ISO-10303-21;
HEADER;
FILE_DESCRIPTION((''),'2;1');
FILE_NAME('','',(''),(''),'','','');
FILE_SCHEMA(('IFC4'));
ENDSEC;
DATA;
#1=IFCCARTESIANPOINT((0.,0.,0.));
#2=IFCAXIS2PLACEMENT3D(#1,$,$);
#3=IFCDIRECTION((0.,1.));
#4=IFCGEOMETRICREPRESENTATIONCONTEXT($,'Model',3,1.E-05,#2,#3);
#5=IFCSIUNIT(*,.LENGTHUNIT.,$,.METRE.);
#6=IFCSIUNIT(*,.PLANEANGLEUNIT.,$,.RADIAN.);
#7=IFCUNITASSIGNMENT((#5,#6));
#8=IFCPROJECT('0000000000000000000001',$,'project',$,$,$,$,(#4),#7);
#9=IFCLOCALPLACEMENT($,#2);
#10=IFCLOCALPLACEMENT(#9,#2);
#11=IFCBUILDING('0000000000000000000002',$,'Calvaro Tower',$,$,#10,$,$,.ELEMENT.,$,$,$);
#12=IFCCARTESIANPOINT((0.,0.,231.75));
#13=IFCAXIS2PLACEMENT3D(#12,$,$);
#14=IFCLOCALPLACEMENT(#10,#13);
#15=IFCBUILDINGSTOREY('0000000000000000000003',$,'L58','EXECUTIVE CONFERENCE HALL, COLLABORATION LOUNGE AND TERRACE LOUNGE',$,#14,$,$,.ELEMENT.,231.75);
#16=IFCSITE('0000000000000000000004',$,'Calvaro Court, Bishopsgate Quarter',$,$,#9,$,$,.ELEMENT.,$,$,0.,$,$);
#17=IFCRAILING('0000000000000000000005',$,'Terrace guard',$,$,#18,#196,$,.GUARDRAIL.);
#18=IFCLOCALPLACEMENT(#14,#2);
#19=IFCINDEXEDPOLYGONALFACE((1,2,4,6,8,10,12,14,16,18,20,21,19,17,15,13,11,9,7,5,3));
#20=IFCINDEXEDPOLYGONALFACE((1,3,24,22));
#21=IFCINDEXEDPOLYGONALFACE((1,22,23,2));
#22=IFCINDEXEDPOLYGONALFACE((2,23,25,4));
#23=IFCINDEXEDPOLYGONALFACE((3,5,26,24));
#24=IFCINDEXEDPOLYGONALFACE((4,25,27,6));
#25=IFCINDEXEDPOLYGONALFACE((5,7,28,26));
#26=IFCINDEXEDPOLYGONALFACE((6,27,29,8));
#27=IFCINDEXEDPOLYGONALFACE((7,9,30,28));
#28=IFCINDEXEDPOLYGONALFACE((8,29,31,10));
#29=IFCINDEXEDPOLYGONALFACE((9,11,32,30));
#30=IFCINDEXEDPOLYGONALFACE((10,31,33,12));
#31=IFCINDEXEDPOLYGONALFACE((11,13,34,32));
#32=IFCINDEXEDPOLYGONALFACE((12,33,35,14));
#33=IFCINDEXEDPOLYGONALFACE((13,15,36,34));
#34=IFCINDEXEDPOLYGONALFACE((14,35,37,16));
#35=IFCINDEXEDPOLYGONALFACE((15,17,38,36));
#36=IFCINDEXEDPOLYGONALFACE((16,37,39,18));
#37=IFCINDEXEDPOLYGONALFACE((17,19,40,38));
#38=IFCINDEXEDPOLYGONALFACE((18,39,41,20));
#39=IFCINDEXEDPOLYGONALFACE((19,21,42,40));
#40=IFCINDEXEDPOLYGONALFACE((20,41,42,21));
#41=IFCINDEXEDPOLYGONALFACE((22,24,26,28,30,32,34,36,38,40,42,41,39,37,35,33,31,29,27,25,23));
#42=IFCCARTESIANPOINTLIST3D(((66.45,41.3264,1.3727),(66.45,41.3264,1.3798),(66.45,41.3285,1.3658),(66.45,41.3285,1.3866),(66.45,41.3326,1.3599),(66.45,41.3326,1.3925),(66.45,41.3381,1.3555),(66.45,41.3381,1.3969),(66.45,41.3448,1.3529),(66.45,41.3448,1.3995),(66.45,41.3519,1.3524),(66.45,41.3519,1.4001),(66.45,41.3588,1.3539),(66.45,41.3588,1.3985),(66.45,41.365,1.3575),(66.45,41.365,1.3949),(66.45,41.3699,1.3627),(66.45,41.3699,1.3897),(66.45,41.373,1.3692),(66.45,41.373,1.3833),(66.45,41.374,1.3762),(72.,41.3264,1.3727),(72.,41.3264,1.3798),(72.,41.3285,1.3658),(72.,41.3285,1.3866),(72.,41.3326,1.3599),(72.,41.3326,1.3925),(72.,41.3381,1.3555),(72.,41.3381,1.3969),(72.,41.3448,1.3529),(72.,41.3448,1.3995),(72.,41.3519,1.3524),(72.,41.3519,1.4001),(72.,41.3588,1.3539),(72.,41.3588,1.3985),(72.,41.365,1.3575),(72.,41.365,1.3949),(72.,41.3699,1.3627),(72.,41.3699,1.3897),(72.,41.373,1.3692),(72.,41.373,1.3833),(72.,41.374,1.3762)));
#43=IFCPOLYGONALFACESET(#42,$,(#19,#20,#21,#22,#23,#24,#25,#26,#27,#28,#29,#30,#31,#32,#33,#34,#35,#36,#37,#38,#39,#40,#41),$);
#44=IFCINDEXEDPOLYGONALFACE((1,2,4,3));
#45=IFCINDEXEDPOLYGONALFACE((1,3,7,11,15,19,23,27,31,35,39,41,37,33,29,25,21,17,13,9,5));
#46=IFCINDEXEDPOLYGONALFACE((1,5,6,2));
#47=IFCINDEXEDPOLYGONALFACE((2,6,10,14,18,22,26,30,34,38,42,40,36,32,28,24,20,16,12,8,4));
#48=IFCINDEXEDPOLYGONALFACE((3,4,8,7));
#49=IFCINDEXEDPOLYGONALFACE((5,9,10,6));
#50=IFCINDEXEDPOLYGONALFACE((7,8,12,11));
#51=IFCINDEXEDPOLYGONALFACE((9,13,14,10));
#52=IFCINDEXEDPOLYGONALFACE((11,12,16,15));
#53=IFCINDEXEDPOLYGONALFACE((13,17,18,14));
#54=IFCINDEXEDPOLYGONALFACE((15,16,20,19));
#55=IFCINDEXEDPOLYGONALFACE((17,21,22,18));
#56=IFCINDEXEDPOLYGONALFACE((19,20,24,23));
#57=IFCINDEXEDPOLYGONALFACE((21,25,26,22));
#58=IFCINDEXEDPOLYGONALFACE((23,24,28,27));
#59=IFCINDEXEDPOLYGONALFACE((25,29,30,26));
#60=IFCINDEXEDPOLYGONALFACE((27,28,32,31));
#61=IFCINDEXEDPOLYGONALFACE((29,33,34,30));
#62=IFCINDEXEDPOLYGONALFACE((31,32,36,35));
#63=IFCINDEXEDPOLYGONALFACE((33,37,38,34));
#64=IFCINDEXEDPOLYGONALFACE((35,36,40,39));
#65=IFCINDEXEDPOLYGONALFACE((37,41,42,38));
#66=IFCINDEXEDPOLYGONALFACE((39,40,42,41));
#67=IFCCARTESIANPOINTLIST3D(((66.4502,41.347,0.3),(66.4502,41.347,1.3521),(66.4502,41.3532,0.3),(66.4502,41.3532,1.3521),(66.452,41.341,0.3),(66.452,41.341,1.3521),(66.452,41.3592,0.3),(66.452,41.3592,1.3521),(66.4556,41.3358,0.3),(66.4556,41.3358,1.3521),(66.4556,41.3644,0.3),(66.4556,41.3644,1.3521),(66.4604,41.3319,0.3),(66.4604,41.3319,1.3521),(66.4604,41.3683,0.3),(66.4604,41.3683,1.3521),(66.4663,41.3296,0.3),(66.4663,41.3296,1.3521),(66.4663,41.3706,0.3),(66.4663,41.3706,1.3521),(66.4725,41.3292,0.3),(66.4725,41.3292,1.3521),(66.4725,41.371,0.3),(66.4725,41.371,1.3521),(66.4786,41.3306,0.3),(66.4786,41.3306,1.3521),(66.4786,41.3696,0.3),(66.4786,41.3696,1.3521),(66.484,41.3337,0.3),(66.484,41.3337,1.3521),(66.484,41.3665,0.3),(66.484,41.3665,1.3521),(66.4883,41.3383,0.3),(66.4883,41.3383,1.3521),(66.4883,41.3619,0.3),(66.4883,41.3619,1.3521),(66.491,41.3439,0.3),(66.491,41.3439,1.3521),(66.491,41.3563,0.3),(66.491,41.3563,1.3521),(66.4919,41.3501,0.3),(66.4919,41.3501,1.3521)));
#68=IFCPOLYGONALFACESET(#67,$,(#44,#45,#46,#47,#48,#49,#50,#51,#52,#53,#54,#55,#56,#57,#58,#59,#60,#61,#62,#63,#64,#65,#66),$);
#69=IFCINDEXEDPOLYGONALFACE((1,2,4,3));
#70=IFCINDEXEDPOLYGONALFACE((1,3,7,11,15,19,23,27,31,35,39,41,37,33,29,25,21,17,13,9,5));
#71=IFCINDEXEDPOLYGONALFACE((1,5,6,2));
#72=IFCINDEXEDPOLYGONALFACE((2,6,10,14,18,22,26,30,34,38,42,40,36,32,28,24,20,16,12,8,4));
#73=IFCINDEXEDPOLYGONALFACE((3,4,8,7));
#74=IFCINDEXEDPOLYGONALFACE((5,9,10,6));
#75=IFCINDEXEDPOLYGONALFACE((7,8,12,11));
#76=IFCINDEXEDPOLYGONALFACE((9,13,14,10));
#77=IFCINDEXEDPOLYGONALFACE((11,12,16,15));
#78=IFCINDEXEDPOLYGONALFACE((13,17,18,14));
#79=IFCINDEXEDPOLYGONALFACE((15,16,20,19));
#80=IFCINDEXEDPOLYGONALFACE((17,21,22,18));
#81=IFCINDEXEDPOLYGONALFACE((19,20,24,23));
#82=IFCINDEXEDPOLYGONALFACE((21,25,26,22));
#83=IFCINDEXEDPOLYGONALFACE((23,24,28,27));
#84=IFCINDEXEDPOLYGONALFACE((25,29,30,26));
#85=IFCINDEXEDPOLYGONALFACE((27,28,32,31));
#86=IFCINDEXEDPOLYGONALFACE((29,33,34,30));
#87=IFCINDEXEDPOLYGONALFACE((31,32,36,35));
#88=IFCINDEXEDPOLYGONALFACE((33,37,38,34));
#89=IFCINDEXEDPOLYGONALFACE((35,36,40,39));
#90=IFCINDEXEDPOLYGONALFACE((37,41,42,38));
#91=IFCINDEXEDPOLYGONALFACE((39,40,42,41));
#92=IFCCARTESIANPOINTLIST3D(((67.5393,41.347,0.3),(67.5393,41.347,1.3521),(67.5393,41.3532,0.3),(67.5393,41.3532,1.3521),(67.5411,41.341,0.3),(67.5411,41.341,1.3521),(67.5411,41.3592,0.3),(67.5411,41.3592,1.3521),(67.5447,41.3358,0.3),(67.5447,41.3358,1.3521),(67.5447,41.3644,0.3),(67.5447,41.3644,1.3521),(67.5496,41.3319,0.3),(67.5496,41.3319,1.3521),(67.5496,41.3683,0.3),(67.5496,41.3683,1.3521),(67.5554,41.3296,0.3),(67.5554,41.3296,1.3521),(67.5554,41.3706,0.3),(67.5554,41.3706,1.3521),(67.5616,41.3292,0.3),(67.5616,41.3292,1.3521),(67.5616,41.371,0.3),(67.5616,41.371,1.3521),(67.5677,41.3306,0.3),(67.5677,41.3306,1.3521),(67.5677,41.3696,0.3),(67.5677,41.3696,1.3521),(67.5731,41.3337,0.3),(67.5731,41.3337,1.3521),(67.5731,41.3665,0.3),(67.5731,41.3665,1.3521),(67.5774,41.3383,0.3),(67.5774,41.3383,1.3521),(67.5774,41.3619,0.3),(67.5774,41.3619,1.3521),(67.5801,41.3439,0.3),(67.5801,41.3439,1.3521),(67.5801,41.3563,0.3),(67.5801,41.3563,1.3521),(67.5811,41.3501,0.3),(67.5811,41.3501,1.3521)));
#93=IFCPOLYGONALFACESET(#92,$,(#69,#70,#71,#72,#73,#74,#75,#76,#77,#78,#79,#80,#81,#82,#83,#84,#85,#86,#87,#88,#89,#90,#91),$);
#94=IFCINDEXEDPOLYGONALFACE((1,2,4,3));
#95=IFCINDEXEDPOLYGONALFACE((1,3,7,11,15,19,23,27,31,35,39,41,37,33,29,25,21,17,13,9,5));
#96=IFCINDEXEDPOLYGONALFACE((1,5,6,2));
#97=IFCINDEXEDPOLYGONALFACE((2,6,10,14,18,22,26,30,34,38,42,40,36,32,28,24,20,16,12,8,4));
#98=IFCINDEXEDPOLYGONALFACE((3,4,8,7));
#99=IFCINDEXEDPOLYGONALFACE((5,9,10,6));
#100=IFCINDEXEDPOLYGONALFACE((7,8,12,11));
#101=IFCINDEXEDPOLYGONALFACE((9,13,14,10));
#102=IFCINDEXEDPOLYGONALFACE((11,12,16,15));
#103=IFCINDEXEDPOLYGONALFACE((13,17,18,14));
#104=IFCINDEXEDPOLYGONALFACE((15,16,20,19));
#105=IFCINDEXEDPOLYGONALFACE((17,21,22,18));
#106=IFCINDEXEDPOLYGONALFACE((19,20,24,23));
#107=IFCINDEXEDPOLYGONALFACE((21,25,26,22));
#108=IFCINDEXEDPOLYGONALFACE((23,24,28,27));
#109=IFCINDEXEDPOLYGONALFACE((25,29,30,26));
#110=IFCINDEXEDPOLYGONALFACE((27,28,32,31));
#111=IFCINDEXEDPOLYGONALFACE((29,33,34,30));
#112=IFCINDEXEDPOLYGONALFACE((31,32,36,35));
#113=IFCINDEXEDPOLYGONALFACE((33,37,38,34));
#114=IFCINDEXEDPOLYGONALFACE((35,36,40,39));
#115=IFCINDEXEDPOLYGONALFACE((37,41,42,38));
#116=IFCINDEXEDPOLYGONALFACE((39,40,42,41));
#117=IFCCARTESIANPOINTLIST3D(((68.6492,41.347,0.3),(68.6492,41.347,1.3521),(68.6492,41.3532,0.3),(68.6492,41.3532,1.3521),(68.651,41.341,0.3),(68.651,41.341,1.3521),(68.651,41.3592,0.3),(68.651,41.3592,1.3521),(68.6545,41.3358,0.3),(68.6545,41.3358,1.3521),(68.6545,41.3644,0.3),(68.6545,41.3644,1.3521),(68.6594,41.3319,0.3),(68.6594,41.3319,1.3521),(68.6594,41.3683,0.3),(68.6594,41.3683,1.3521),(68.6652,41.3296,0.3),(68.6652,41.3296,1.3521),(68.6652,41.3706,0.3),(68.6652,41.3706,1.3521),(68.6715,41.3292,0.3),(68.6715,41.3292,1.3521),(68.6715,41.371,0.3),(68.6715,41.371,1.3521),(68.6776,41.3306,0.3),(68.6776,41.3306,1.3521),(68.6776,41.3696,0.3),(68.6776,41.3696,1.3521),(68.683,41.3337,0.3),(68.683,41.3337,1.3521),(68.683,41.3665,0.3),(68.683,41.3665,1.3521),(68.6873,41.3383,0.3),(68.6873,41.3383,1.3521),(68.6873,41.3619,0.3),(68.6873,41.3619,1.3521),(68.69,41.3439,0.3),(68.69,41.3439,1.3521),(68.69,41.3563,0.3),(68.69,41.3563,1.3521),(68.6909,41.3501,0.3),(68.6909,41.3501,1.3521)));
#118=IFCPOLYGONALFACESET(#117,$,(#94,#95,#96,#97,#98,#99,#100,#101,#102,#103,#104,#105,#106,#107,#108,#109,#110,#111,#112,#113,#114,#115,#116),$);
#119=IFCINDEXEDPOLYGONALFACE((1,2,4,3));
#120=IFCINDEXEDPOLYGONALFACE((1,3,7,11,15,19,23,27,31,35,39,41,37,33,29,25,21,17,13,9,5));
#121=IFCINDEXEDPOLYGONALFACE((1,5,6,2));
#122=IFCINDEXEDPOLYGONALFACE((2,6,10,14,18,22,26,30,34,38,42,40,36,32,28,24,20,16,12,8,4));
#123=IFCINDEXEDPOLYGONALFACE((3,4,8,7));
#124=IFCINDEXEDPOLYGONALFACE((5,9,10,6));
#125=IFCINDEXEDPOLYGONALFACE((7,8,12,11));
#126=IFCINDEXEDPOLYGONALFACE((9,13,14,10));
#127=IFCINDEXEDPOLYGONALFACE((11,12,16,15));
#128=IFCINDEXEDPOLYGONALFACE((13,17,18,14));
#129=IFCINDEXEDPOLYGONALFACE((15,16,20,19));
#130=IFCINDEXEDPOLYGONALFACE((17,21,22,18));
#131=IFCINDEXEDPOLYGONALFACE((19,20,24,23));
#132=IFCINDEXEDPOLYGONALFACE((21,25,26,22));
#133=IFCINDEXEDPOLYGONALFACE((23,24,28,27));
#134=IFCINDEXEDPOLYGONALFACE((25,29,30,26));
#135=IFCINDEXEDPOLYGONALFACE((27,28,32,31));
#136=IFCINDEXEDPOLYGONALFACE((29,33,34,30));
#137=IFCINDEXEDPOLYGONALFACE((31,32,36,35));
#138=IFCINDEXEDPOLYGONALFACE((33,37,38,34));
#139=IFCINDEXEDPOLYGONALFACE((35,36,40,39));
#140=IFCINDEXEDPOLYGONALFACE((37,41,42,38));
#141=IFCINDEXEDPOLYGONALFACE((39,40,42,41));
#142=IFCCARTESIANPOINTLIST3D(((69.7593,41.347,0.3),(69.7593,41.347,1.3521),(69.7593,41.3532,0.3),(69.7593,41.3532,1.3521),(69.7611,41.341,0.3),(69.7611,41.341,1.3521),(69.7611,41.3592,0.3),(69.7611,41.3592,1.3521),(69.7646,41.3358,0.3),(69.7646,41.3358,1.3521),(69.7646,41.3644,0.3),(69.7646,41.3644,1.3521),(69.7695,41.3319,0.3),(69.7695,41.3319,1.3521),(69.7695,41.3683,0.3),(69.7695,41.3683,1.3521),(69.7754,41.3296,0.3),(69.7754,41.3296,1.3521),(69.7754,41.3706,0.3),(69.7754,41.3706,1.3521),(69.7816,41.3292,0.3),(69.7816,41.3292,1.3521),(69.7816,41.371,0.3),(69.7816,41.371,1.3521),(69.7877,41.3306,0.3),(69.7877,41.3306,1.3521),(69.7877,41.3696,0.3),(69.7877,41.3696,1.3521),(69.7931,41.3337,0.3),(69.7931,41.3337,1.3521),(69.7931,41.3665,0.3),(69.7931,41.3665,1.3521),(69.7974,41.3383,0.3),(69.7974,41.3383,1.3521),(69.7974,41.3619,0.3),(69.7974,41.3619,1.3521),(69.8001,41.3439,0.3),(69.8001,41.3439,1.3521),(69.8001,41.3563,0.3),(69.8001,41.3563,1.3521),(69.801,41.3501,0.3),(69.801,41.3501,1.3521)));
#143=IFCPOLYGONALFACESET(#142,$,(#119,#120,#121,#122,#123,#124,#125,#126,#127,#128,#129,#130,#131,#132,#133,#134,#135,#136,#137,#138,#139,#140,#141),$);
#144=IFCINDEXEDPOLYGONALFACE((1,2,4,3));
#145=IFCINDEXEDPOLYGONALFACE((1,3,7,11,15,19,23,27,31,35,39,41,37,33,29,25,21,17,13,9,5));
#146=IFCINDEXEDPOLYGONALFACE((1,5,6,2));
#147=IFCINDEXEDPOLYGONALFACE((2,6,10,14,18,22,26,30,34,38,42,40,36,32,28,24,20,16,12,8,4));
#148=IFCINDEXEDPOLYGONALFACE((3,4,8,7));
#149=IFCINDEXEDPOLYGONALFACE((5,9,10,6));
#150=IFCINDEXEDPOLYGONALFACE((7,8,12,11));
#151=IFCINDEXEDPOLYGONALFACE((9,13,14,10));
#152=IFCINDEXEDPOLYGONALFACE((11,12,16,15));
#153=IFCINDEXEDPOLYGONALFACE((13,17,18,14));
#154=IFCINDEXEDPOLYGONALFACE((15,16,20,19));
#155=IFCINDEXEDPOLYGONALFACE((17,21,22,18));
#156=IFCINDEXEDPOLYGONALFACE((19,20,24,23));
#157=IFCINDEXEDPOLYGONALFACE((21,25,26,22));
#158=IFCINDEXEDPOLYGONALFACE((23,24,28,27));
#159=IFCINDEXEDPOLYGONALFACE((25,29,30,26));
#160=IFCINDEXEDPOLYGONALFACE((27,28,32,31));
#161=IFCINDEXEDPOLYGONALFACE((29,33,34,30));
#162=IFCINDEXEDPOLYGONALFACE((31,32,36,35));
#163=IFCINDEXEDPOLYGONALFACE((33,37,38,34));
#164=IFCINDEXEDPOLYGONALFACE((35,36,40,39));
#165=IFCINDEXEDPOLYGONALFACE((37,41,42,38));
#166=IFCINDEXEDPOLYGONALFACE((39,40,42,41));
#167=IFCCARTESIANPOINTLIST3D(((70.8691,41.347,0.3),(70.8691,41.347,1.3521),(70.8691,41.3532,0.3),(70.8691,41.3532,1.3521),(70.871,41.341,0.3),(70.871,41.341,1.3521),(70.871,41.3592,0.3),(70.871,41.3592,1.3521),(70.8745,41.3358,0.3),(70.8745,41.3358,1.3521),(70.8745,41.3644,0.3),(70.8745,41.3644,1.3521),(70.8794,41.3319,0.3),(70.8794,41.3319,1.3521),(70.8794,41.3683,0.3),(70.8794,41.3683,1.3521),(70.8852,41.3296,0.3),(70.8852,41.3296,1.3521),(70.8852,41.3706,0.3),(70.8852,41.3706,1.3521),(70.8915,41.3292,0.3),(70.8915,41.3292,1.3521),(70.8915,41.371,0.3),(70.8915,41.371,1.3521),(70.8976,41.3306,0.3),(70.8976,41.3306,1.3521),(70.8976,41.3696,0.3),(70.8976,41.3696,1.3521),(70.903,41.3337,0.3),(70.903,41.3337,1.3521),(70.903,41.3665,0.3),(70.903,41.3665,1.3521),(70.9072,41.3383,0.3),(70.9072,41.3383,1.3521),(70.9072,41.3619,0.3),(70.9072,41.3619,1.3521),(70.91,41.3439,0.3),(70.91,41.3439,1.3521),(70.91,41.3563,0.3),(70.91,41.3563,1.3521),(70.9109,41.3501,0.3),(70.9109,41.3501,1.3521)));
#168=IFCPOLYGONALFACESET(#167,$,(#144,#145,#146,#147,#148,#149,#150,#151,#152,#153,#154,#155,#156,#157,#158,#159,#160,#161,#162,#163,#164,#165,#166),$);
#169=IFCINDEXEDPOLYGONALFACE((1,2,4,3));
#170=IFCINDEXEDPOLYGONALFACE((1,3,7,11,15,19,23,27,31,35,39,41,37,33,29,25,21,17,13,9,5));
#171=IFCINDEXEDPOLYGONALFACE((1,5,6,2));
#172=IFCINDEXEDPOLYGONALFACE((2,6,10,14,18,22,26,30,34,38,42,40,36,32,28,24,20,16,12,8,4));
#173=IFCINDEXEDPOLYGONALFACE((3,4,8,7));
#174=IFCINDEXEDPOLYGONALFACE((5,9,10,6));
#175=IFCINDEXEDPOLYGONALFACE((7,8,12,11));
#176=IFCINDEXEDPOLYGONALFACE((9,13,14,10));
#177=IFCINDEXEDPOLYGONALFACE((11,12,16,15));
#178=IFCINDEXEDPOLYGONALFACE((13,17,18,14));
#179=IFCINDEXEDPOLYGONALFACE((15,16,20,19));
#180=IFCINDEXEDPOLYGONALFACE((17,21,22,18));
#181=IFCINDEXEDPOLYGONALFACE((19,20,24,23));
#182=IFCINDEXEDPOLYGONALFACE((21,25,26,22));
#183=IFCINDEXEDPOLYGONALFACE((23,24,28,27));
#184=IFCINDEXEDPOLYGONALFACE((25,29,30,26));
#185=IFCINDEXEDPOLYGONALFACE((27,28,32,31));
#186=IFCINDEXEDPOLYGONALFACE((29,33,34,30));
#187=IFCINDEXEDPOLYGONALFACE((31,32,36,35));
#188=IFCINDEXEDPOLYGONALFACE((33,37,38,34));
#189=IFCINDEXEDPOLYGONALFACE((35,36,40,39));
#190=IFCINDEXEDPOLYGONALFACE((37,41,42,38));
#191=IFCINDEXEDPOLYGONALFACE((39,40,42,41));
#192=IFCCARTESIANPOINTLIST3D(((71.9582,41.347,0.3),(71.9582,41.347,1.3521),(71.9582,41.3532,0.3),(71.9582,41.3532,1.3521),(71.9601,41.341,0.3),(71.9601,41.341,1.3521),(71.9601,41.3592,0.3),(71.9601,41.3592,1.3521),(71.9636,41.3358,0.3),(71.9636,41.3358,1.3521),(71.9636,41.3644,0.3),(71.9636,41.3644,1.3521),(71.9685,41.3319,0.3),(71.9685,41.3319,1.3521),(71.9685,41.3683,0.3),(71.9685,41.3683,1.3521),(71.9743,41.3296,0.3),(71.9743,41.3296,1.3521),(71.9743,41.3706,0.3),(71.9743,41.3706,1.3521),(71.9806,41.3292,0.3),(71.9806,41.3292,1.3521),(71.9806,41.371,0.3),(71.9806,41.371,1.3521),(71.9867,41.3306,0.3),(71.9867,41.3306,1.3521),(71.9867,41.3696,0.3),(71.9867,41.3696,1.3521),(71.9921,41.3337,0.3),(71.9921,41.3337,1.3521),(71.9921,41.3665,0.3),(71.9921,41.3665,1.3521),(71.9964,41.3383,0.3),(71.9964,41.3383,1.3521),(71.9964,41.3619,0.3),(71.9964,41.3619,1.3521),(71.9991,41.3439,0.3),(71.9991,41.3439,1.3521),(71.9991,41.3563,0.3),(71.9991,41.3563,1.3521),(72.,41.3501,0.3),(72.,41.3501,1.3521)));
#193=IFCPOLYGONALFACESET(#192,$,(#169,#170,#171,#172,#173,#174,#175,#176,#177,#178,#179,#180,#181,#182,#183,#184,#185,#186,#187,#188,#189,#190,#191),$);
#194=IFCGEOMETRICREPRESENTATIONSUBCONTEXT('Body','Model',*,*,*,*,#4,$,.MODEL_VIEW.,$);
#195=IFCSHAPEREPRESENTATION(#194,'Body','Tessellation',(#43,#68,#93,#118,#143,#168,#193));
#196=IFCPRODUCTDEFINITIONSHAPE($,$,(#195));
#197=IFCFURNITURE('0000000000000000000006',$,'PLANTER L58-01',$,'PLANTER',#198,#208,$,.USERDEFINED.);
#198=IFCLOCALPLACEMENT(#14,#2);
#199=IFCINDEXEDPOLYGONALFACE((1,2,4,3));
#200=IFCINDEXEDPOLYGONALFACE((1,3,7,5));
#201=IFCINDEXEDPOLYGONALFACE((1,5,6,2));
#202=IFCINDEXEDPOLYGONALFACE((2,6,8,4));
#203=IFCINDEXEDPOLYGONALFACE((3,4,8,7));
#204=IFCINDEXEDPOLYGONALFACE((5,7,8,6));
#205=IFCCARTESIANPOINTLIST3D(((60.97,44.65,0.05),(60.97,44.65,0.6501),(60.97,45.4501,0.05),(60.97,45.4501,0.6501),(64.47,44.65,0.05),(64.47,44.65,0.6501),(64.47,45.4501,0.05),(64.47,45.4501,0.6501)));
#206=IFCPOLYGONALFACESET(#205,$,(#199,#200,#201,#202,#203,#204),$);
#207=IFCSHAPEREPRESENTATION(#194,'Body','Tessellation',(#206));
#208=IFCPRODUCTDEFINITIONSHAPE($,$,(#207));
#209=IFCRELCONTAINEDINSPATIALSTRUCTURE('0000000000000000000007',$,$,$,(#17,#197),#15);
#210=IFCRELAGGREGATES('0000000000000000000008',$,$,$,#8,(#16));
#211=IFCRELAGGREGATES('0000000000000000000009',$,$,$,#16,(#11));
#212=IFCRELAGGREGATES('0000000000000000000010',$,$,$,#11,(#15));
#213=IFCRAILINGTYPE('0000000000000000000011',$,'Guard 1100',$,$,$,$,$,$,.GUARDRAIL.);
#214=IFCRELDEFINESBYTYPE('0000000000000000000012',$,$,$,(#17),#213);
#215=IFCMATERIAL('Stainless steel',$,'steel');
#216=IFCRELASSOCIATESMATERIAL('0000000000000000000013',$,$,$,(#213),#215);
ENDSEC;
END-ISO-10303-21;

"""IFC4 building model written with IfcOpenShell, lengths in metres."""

from ifc_helpers import new_model, si_unit, direction, frame, origin, origin_2d, place, context, subcontext, project, spatial, rectangle, circle, extrude, material, type_object, element, save


model = new_model("IFC4")

# Units and contexts
model_context = context("Model", 3, precision=1e-05, world=origin(), true_north=direction((0.0, 1.0)))
body_context = subcontext(model_context, "Body", "Model", "MODEL_VIEW")
ifc_project = project(units=[si_unit("LENGTHUNIT", "METRE"), si_unit("PLANEANGLEUNIT", "RADIAN")], contexts=[model_context])

# Site, building, storey
site_placement = place(None, origin())
site = spatial("IfcSite", under=ifc_project, at=site_placement, Name="Calvaro Court, Bishopsgate Quarter", CompositionType="ELEMENT", RefElevation=0.0)
building_placement = place(site_placement, origin())
building = spatial("IfcBuilding", under=site, at=building_placement, Name="Calvaro Tower", CompositionType="ELEMENT")
storey_placement = place(building_placement, frame((0.0, 0.0, 231.75)))
storey = spatial("IfcBuildingStorey", under=building, at=storey_placement, Name="L58", Description="EXECUTIVE CONFERENCE HALL, COLLABORATION LOUNGE AND TERRACE LOUNGE", CompositionType="ELEMENT", Elevation=231.75)

# Railing
ifc_material_1 = material(Name="Stainless steel", Category="steel")
railing_type = type_object("IfcRailingType", Name="Guard 1100", PredefinedType="GUARDRAIL", material=ifc_material_1)
railing_1_placement = place(storey_placement, frame((66.45, 41.3501, 0.3)))
element("IfcRailing", 1, at=railing_1_placement, inside=storey, type_object=railing_type, Name="Terrace guard", PredefinedType="GUARDRAIL", context=body_context, shape_type="SweptSolid", body=[
    extrude(circle(Radius=0.0239, at=origin_2d()), frame((0.0, 0.0, 1.0762), z_axis=(1.0, 0.0, 0.0), x_axis=(0.0, 1.0, 0.0)), (0.0, 0.0, 1.0), 5.55),
    extrude(circle(Radius=0.021, at=origin_2d()), frame((0.021, 0.0, 0.0)), (0.0, 0.0, 1.0), 1.052),
    extrude(circle(Radius=0.021, at=origin_2d()), frame((1.1101, 0.0, 0.0)), (0.0, 0.0, 1.0), 1.052),
    extrude(circle(Radius=0.021, at=origin_2d()), frame((2.22, 0.0, 0.0)), (0.0, 0.0, 1.0), 1.052),
    extrude(circle(Radius=0.021, at=origin_2d()), frame((3.3301, 0.0, 0.0)), (0.0, 0.0, 1.0), 1.052),
    extrude(circle(Radius=0.021, at=origin_2d()), frame((4.4399, 0.0, 0.0)), (0.0, 0.0, 1.0), 1.052),
    extrude(circle(Radius=0.021, at=origin_2d()), frame((5.5291, 0.0, 0.0)), (0.0, 0.0, 1.0), 1.052),
])

# Furniture
furniture_1_placement = place(storey_placement, frame((62.72, 45.05, 0.05), z_axis=(0.0, 0.0, 1.0), x_axis=(1.0, 0.0, 0.0)))
element("IfcFurniture", 2, at=furniture_1_placement, inside=storey, Name="PLANTER L58-01", ObjectType="PLANTER", PredefinedType="USERDEFINED", context=body_context, shape_type="SweptSolid", body=[
    extrude(rectangle(XDim=3.5, YDim=0.8, at=origin_2d()), origin(), (0.0, 0.0, 1.0), 0.6001),
])

save(model, "model.ifc")
